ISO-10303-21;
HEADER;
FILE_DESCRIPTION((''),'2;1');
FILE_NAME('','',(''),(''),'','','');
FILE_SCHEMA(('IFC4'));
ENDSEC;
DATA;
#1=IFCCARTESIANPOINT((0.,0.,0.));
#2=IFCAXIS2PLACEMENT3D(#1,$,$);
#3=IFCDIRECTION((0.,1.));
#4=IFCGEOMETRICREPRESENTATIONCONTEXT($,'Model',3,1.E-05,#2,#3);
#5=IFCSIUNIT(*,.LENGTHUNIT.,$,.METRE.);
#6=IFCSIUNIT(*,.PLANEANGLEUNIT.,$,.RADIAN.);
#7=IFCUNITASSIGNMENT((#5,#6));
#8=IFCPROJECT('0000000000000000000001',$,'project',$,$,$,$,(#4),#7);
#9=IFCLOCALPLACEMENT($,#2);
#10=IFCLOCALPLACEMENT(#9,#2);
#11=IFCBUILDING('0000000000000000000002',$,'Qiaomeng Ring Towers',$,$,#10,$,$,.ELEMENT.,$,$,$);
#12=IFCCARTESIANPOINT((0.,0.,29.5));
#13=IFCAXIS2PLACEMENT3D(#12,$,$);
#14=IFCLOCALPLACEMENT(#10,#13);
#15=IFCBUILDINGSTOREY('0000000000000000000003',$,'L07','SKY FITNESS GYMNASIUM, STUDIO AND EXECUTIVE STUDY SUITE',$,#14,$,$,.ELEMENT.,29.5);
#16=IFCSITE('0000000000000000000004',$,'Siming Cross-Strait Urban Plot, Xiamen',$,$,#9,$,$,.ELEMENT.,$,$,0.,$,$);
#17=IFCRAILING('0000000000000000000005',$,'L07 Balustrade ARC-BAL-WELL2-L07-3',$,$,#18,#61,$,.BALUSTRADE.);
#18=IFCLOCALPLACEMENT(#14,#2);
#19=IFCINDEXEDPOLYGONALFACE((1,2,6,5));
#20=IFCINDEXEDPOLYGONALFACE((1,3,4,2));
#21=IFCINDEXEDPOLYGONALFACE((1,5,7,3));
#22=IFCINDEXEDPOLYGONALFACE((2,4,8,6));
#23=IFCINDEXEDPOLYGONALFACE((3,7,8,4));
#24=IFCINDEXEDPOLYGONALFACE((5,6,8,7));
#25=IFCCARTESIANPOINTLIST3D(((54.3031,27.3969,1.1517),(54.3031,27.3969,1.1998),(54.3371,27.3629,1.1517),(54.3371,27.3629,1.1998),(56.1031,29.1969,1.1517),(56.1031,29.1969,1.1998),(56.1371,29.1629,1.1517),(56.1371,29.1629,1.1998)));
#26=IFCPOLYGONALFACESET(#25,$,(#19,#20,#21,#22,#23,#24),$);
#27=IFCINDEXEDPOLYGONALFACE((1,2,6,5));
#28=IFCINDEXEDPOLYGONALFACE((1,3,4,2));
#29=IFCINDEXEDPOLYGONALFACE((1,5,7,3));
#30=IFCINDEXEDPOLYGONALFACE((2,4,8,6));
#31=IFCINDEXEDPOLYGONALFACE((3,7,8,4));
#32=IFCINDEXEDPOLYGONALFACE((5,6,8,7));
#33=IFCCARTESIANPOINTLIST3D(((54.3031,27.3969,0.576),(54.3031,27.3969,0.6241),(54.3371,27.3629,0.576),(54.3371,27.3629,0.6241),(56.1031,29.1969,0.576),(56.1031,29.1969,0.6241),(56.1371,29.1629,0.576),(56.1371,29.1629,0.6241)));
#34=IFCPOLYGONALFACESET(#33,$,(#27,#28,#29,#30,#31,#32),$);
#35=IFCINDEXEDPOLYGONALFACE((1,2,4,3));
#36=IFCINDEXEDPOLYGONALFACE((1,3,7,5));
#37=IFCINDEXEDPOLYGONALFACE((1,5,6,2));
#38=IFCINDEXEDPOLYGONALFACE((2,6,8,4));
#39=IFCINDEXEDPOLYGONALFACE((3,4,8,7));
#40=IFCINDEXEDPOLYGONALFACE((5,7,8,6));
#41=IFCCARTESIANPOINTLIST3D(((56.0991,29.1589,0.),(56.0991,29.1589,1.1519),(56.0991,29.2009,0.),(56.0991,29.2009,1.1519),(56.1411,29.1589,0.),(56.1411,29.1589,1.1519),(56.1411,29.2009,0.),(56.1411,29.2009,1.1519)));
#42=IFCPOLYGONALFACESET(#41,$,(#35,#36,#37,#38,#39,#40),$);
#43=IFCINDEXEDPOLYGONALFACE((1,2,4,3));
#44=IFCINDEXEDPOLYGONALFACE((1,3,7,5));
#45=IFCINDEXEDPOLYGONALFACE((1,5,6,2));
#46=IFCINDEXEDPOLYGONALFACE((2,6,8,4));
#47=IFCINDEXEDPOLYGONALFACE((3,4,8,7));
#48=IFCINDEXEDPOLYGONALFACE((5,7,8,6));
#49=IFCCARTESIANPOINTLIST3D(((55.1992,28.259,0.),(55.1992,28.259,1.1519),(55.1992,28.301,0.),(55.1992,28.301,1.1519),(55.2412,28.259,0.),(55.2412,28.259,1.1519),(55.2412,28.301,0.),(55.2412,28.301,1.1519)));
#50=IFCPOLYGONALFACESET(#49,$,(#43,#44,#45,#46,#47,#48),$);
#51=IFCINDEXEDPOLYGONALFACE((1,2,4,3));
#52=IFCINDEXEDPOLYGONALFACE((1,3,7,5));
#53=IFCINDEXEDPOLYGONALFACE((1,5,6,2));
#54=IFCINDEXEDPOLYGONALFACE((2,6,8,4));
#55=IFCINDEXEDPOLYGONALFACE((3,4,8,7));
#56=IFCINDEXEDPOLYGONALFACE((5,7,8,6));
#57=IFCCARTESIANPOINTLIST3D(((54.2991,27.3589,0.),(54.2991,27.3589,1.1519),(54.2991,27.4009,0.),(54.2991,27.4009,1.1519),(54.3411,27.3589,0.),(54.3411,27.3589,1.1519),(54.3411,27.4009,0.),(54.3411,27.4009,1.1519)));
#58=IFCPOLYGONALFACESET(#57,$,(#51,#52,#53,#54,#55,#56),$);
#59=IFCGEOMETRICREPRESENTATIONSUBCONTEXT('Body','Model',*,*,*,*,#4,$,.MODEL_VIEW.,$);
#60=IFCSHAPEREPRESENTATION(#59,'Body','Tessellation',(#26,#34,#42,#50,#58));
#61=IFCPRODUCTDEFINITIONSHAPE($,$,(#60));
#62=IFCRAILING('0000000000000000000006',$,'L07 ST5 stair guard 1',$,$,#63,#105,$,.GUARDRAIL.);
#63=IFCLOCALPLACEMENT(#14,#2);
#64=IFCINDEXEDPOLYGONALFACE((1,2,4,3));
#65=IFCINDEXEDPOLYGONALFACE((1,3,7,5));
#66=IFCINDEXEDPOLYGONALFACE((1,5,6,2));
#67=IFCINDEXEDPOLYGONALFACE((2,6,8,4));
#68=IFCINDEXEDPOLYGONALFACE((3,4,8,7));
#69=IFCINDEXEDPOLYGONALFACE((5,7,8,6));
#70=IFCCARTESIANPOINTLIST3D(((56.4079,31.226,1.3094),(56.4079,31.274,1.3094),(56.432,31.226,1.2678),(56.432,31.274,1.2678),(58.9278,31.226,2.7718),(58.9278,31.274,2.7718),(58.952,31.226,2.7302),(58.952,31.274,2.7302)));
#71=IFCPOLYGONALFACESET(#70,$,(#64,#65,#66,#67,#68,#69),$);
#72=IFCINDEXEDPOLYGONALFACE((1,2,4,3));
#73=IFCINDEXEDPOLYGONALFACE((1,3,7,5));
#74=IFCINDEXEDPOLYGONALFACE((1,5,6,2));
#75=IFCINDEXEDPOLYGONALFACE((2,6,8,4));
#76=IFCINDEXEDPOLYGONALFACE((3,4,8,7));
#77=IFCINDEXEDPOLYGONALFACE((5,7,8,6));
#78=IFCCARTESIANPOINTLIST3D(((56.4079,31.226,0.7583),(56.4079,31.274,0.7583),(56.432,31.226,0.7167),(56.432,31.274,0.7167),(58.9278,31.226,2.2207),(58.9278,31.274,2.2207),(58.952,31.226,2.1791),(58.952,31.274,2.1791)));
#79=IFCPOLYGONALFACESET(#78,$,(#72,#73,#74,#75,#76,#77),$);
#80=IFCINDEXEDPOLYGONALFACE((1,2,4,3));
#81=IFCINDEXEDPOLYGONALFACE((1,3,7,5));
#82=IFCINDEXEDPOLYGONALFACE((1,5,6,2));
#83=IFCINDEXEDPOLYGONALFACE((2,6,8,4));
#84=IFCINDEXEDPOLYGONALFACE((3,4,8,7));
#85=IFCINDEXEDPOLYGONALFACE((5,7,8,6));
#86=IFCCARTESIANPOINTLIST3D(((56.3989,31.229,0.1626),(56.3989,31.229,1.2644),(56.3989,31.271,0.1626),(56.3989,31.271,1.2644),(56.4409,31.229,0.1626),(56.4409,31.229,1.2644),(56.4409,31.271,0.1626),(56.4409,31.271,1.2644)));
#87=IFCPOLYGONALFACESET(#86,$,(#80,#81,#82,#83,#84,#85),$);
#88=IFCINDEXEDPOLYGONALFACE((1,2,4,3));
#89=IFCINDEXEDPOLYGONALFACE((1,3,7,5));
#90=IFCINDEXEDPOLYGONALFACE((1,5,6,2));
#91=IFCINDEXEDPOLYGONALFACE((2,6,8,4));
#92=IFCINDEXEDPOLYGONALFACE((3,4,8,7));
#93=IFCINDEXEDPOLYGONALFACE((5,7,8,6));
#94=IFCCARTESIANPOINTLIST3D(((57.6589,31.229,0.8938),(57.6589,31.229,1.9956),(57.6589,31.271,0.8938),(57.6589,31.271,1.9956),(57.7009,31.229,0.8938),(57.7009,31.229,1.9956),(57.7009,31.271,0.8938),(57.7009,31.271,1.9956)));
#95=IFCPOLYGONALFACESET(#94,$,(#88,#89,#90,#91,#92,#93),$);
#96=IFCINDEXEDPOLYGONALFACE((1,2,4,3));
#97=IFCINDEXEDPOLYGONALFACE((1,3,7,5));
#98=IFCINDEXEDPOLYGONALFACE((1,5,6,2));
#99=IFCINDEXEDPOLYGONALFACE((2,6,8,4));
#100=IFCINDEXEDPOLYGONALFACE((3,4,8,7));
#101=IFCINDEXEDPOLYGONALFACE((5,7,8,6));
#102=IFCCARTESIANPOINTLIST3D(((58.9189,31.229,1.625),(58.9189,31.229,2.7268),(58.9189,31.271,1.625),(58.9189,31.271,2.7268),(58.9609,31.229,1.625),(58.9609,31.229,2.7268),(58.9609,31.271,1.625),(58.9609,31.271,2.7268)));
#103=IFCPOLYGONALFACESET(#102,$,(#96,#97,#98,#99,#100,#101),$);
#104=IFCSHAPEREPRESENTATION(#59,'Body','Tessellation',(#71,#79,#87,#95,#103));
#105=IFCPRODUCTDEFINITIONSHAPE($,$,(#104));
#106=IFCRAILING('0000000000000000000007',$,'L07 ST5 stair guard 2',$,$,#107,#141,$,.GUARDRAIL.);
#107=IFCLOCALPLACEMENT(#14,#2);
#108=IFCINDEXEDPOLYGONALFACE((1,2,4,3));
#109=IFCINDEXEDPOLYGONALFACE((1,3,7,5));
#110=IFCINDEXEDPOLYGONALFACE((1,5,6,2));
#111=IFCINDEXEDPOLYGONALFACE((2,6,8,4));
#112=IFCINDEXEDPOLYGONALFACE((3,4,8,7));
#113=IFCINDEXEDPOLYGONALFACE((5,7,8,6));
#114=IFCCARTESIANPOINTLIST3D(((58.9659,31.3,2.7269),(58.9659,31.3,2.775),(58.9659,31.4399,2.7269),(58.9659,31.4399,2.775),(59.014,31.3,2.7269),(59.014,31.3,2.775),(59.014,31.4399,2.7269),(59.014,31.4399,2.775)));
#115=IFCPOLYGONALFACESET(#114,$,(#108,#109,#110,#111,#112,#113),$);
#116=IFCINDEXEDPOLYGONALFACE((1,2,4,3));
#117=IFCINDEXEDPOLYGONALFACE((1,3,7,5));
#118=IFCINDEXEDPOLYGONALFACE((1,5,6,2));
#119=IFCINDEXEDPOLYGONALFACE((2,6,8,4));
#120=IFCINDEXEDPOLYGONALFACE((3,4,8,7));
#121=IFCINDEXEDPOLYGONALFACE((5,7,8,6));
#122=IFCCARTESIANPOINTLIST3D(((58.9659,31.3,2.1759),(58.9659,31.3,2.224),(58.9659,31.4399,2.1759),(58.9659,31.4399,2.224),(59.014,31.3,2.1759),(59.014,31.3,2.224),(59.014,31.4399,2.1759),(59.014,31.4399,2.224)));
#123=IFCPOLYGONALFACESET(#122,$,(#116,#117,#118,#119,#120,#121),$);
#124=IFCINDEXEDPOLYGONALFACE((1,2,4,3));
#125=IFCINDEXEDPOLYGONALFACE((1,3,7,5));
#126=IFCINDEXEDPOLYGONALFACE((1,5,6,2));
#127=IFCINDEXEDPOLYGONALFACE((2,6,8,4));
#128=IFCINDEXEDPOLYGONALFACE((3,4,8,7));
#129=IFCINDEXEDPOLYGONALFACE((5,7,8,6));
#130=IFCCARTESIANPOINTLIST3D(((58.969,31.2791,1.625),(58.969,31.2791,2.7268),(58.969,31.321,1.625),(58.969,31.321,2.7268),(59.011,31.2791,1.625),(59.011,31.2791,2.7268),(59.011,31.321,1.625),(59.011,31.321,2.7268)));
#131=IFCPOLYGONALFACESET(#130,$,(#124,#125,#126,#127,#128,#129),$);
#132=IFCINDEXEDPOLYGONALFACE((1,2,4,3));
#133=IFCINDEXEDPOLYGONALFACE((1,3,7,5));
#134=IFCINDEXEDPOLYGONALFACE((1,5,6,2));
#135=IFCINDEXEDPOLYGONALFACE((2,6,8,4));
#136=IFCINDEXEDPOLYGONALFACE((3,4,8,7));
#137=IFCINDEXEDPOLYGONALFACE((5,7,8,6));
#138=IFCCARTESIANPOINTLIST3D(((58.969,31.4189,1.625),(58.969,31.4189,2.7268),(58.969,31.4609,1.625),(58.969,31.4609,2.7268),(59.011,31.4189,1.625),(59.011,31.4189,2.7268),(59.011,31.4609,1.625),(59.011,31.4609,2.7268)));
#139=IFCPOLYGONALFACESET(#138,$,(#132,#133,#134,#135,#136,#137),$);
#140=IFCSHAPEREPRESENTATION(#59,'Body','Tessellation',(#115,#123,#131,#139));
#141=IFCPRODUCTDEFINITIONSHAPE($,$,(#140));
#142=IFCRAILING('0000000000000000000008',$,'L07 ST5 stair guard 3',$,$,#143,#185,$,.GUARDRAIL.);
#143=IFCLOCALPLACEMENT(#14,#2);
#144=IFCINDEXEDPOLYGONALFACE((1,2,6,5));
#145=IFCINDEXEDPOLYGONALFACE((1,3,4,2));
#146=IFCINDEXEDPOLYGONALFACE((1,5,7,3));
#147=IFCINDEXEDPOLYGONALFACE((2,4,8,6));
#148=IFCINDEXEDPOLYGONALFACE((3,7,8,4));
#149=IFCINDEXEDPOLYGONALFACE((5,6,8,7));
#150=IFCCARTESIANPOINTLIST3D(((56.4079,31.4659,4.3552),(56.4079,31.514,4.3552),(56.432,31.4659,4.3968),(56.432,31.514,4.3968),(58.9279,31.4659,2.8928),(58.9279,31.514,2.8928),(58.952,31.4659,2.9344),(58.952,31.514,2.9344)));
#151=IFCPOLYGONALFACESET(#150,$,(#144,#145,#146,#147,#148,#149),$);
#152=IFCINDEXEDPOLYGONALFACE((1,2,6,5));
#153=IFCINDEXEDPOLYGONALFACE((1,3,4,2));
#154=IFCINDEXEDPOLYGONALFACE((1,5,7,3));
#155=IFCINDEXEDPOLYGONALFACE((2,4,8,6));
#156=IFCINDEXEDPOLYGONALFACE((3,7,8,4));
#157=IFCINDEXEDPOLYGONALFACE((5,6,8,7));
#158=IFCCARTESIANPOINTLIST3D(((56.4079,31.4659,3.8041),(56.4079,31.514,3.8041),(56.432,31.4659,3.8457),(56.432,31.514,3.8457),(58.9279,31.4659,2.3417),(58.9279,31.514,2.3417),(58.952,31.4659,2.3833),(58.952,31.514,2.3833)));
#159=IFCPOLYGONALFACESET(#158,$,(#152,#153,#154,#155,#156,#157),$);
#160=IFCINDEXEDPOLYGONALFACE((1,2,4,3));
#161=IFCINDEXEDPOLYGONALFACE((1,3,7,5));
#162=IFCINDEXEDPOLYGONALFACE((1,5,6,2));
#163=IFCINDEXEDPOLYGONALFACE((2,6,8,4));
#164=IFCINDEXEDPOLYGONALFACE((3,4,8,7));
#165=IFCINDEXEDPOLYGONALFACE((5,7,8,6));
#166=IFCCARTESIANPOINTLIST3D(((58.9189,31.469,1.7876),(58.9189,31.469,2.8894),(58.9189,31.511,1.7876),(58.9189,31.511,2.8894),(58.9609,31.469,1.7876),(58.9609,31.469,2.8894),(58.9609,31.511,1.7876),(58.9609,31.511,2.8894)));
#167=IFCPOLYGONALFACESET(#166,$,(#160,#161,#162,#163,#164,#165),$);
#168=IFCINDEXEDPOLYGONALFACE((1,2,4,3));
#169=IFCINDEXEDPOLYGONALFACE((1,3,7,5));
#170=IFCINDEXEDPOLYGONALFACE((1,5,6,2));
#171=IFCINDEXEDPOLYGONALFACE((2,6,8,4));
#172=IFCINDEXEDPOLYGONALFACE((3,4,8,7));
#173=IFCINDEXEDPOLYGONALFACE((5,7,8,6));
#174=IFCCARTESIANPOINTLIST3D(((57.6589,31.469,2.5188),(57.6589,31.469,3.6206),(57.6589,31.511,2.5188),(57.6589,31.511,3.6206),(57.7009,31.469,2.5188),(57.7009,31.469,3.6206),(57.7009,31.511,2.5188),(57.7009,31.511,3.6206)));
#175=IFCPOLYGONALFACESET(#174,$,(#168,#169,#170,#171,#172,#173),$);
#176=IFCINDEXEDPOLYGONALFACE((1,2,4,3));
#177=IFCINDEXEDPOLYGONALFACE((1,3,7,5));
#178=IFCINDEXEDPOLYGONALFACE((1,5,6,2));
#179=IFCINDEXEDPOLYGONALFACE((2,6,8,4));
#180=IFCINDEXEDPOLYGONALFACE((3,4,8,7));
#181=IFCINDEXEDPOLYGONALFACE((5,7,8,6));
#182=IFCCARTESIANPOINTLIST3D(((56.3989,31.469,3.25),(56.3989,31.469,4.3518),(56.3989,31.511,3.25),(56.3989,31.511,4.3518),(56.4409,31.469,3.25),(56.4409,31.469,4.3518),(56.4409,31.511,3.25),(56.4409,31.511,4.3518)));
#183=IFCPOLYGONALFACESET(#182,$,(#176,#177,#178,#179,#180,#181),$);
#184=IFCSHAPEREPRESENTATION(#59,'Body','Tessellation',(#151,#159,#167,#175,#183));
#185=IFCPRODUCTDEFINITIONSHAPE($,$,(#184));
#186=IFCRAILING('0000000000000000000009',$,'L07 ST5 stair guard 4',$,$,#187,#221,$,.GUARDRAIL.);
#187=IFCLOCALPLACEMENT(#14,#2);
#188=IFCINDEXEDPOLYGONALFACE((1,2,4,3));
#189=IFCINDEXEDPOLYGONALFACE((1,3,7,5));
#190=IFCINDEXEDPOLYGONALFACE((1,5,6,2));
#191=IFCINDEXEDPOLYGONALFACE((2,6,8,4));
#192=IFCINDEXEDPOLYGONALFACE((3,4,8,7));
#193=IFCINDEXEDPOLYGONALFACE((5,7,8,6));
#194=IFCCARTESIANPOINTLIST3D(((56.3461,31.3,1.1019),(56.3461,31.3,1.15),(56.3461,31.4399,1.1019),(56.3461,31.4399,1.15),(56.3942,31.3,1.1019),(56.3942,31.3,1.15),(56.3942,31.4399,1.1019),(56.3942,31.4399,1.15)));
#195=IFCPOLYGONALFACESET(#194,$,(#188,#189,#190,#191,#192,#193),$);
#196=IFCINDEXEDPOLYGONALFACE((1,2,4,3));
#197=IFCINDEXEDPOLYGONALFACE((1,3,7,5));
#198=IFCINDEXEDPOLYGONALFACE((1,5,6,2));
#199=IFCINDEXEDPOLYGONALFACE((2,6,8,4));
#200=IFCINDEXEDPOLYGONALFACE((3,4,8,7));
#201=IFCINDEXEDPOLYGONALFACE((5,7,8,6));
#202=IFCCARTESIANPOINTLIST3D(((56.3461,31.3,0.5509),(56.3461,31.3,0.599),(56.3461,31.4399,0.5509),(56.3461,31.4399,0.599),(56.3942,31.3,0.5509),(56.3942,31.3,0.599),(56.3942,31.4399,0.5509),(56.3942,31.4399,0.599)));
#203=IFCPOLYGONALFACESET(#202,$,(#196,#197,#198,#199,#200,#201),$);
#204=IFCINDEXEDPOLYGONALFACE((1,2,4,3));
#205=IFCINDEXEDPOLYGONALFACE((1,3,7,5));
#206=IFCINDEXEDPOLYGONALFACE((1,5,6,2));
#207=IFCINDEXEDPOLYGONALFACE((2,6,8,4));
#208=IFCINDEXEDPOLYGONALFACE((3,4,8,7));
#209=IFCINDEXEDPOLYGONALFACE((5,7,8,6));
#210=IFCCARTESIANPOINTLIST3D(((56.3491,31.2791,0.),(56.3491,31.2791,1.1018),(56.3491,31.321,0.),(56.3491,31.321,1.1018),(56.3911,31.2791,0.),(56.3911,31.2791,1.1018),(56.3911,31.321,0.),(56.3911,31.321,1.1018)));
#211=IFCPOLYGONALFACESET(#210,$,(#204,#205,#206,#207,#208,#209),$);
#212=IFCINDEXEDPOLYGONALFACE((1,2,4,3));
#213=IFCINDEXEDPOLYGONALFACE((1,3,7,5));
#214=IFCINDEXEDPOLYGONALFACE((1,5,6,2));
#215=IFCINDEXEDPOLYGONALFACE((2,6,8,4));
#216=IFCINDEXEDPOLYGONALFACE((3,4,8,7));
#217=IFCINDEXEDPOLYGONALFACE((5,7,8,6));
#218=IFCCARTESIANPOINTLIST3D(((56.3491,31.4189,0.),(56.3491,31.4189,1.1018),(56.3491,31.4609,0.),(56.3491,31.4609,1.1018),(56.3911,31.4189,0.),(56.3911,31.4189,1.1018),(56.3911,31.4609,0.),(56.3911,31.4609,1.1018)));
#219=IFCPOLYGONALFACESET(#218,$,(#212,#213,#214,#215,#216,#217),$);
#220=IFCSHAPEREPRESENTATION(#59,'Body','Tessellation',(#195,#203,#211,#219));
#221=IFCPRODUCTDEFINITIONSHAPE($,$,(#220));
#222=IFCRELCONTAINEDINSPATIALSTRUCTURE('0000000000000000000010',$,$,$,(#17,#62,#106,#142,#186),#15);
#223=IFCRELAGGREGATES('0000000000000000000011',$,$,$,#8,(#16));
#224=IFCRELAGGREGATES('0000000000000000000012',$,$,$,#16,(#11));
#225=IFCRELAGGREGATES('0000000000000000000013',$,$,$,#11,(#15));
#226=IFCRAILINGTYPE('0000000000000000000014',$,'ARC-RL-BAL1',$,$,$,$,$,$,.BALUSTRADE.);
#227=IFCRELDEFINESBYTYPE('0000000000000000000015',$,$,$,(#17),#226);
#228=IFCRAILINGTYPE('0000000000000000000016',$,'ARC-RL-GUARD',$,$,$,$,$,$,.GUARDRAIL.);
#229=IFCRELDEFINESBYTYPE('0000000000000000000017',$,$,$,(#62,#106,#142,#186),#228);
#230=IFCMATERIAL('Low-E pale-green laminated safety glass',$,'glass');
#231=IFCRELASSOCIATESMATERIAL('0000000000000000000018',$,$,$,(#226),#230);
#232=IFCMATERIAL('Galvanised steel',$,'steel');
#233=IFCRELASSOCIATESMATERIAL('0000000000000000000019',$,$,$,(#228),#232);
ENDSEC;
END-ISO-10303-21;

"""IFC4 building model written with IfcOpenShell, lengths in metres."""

from ifc_helpers import new_model, si_unit, direction, frame, origin, origin_2d, place, context, subcontext, project, spatial, rectangle, extrude, material, type_object, element, save


model = new_model("IFC4")

# Units and contexts
model_context = context("Model", 3, precision=1e-05, world=origin(), true_north=direction((0.0, 1.0)))
body_context = subcontext(model_context, "Body", "Model", "MODEL_VIEW")
ifc_project = project(units=[si_unit("LENGTHUNIT", "METRE"), si_unit("PLANEANGLEUNIT", "RADIAN")], contexts=[model_context])

# Site, building, storey
site_placement = place(None, origin())
site = spatial("IfcSite", under=ifc_project, at=site_placement, Name="Siming Cross-Strait Urban Plot, Xiamen", CompositionType="ELEMENT", RefElevation=0.0)
building_placement = place(site_placement, origin())
building = spatial("IfcBuilding", under=site, at=building_placement, Name="Qiaomeng Ring Towers", CompositionType="ELEMENT")
storey_placement = place(building_placement, frame((0.0, 0.0, 29.5)))
storey = spatial("IfcBuildingStorey", under=building, at=storey_placement, Name="L07", Description="SKY FITNESS GYMNASIUM, STUDIO AND EXECUTIVE STUDY SUITE", CompositionType="ELEMENT", Elevation=29.5)

# Railings
ifc_material_1 = material(Name="Low-E pale-green laminated safety glass", Category="glass")
railing_type_1 = type_object("IfcRailingType", Name="ARC-RL-BAL1", PredefinedType="BALUSTRADE", material=ifc_material_1)
railing_1_placement = place(storey_placement, frame((56.1201, 29.1799, 0.0)))
element("IfcRailing", 1, at=railing_1_placement, inside=storey, type_object=railing_type_1, Name="L07 Balustrade ARC-BAL-WELL2-L07-3", PredefinedType="BALUSTRADE", context=body_context, shape_type="SweptSolid", body=[
    extrude(rectangle(XDim=0.0481, YDim=0.0481, at=origin_2d()), frame((0.0, 0.0, 1.1758), z_axis=(-0.707107, -0.707107, 0.0), x_axis=(0.707107, -0.707107, 0.0)), (0.0, 0.0, 1.0), 2.5457),
    extrude(rectangle(XDim=0.0481, YDim=0.0481, at=origin_2d()), frame((0.0, 0.0, 0.6001), z_axis=(-0.707107, -0.707107, 0.0), x_axis=(0.707107, -0.707107, 0.0)), (0.0, 0.0, 1.0), 2.5457),
    extrude(rectangle(XDim=0.042, YDim=0.042, at=origin_2d()), origin(), (0.0, 0.0, 1.0), 1.1519),
    extrude(rectangle(XDim=0.042, YDim=0.042, at=origin_2d()), frame((-0.8999, -0.8999, 0.0)), (0.0, 0.0, 1.0), 1.1519),
    extrude(rectangle(XDim=0.042, YDim=0.042, at=origin_2d()), frame((-1.8, -1.8, 0.0)), (0.0, 0.0, 1.0), 1.1519),
])
ifc_material_2 = material(Name="Galvanised steel", Category="steel")
railing_type_2 = type_object("IfcRailingType", Name="ARC-RL-GUARD", PredefinedType="GUARDRAIL", material=ifc_material_2)
railing_2_placement = place(storey_placement, frame((56.4199, 31.25, 0.1626)))
element("IfcRailing", 2, at=railing_2_placement, inside=storey, type_object=railing_type_2, Name="L07 ST5 stair guard 1", PredefinedType="GUARDRAIL", context=body_context, shape_type="SweptSolid", body=[
    extrude(rectangle(XDim=0.0481, YDim=0.0481, at=origin_2d()), frame((0.0, 0.0, 1.126), z_axis=(0.864913, 0.0, 0.501921), x_axis=(0.0, 1.0, 0.0)), (0.0, 0.0, 1.0), 2.9136),
    extrude(rectangle(XDim=0.0481, YDim=0.0481, at=origin_2d()), frame((0.0, 0.0, 0.575), z_axis=(0.864913, 0.0, 0.501921), x_axis=(0.0, 1.0, 0.0)), (0.0, 0.0, 1.0), 2.9136),
    extrude(rectangle(XDim=0.042, YDim=0.042, at=origin_2d()), origin(), (0.0, 0.0, 1.0), 1.1018),
    extrude(rectangle(XDim=0.042, YDim=0.042, at=origin_2d()), frame((1.26, 0.0, 0.7312)), (0.0, 0.0, 1.0), 1.1018),
    extrude(rectangle(XDim=0.042, YDim=0.042, at=origin_2d()), frame((2.52, 0.0, 1.4624)), (0.0, 0.0, 1.0), 1.1018),
])
railing_3_placement = place(storey_placement, frame((58.99, 31.3, 1.625)))
element("IfcRailing", 3, at=railing_3_placement, inside=storey, type_object=railing_type_2, Name="L07 ST5 stair guard 2", PredefinedType="GUARDRAIL", context=body_context, shape_type="SweptSolid", body=[
    extrude(rectangle(XDim=0.0481, YDim=0.0481, at=origin_2d()), frame((0.0, 0.0, 1.126), z_axis=(0.0, 1.0, 0.0), x_axis=(-1.0, 0.0, 0.0)), (0.0, 0.0, 1.0), 0.1399),
    extrude(rectangle(XDim=0.0481, YDim=0.0481, at=origin_2d()), frame((0.0, 0.0, 0.575), z_axis=(0.0, 1.0, 0.0), x_axis=(-1.0, 0.0, 0.0)), (0.0, 0.0, 1.0), 0.1399),
    extrude(rectangle(XDim=0.042, YDim=0.042, at=origin_2d()), origin(), (0.0, 0.0, 1.0), 1.1018),
    extrude(rectangle(XDim=0.042, YDim=0.042, at=origin_2d()), frame((0.0, 0.1399, 0.0)), (0.0, 0.0, 1.0), 1.1018),
])
railing_4_placement = place(storey_placement, frame((58.9399, 31.49, 1.7876)))
element("IfcRailing", 4, at=railing_4_placement, inside=storey, type_object=railing_type_2, Name="L07 ST5 stair guard 3", PredefinedType="GUARDRAIL", context=body_context, shape_type="SweptSolid", body=[
    extrude(rectangle(XDim=0.0481, YDim=0.0481, at=origin_2d()), frame((0.0, 0.0, 1.126), z_axis=(-0.864913, 0.0, 0.501921), x_axis=(0.0, -1.0, 0.0)), (0.0, 0.0, 1.0), 2.9136),
    extrude(rectangle(XDim=0.0481, YDim=0.0481, at=origin_2d()), frame((0.0, 0.0, 0.575), z_axis=(-0.864913, 0.0, 0.501921), x_axis=(0.0, -1.0, 0.0)), (0.0, 0.0, 1.0), 2.9136),
    extrude(rectangle(XDim=0.042, YDim=0.042, at=origin_2d()), origin(), (0.0, 0.0, 1.0), 1.1018),
    extrude(rectangle(XDim=0.042, YDim=0.042, at=origin_2d()), frame((-1.26, 0.0, 0.7312)), (0.0, 0.0, 1.0), 1.1018),
    extrude(rectangle(XDim=0.042, YDim=0.042, at=origin_2d()), frame((-2.52, 0.0, 1.4624)), (0.0, 0.0, 1.0), 1.1018),
])
railing_5_placement = place(storey_placement, frame((56.3701, 31.3, 0.0)))
element("IfcRailing", 5, at=railing_5_placement, inside=storey, type_object=railing_type_2, Name="L07 ST5 stair guard 4", PredefinedType="GUARDRAIL", context=body_context, shape_type="SweptSolid", body=[
    extrude(rectangle(XDim=0.0481, YDim=0.0481, at=origin_2d()), frame((0.0, 0.0, 1.126), z_axis=(0.0, 1.0, 0.0), x_axis=(-1.0, 0.0, 0.0)), (0.0, 0.0, 1.0), 0.1399),
    extrude(rectangle(XDim=0.0481, YDim=0.0481, at=origin_2d()), frame((0.0, 0.0, 0.575), z_axis=(0.0, 1.0, 0.0), x_axis=(-1.0, 0.0, 0.0)), (0.0, 0.0, 1.0), 0.1399),
    extrude(rectangle(XDim=0.042, YDim=0.042, at=origin_2d()), origin(), (0.0, 0.0, 1.0), 1.1018),
    extrude(rectangle(XDim=0.042, YDim=0.042, at=origin_2d()), frame((0.0, 0.1399, 0.0)), (0.0, 0.0, 1.0), 1.1018),
])

save(model, "model.ifc")
